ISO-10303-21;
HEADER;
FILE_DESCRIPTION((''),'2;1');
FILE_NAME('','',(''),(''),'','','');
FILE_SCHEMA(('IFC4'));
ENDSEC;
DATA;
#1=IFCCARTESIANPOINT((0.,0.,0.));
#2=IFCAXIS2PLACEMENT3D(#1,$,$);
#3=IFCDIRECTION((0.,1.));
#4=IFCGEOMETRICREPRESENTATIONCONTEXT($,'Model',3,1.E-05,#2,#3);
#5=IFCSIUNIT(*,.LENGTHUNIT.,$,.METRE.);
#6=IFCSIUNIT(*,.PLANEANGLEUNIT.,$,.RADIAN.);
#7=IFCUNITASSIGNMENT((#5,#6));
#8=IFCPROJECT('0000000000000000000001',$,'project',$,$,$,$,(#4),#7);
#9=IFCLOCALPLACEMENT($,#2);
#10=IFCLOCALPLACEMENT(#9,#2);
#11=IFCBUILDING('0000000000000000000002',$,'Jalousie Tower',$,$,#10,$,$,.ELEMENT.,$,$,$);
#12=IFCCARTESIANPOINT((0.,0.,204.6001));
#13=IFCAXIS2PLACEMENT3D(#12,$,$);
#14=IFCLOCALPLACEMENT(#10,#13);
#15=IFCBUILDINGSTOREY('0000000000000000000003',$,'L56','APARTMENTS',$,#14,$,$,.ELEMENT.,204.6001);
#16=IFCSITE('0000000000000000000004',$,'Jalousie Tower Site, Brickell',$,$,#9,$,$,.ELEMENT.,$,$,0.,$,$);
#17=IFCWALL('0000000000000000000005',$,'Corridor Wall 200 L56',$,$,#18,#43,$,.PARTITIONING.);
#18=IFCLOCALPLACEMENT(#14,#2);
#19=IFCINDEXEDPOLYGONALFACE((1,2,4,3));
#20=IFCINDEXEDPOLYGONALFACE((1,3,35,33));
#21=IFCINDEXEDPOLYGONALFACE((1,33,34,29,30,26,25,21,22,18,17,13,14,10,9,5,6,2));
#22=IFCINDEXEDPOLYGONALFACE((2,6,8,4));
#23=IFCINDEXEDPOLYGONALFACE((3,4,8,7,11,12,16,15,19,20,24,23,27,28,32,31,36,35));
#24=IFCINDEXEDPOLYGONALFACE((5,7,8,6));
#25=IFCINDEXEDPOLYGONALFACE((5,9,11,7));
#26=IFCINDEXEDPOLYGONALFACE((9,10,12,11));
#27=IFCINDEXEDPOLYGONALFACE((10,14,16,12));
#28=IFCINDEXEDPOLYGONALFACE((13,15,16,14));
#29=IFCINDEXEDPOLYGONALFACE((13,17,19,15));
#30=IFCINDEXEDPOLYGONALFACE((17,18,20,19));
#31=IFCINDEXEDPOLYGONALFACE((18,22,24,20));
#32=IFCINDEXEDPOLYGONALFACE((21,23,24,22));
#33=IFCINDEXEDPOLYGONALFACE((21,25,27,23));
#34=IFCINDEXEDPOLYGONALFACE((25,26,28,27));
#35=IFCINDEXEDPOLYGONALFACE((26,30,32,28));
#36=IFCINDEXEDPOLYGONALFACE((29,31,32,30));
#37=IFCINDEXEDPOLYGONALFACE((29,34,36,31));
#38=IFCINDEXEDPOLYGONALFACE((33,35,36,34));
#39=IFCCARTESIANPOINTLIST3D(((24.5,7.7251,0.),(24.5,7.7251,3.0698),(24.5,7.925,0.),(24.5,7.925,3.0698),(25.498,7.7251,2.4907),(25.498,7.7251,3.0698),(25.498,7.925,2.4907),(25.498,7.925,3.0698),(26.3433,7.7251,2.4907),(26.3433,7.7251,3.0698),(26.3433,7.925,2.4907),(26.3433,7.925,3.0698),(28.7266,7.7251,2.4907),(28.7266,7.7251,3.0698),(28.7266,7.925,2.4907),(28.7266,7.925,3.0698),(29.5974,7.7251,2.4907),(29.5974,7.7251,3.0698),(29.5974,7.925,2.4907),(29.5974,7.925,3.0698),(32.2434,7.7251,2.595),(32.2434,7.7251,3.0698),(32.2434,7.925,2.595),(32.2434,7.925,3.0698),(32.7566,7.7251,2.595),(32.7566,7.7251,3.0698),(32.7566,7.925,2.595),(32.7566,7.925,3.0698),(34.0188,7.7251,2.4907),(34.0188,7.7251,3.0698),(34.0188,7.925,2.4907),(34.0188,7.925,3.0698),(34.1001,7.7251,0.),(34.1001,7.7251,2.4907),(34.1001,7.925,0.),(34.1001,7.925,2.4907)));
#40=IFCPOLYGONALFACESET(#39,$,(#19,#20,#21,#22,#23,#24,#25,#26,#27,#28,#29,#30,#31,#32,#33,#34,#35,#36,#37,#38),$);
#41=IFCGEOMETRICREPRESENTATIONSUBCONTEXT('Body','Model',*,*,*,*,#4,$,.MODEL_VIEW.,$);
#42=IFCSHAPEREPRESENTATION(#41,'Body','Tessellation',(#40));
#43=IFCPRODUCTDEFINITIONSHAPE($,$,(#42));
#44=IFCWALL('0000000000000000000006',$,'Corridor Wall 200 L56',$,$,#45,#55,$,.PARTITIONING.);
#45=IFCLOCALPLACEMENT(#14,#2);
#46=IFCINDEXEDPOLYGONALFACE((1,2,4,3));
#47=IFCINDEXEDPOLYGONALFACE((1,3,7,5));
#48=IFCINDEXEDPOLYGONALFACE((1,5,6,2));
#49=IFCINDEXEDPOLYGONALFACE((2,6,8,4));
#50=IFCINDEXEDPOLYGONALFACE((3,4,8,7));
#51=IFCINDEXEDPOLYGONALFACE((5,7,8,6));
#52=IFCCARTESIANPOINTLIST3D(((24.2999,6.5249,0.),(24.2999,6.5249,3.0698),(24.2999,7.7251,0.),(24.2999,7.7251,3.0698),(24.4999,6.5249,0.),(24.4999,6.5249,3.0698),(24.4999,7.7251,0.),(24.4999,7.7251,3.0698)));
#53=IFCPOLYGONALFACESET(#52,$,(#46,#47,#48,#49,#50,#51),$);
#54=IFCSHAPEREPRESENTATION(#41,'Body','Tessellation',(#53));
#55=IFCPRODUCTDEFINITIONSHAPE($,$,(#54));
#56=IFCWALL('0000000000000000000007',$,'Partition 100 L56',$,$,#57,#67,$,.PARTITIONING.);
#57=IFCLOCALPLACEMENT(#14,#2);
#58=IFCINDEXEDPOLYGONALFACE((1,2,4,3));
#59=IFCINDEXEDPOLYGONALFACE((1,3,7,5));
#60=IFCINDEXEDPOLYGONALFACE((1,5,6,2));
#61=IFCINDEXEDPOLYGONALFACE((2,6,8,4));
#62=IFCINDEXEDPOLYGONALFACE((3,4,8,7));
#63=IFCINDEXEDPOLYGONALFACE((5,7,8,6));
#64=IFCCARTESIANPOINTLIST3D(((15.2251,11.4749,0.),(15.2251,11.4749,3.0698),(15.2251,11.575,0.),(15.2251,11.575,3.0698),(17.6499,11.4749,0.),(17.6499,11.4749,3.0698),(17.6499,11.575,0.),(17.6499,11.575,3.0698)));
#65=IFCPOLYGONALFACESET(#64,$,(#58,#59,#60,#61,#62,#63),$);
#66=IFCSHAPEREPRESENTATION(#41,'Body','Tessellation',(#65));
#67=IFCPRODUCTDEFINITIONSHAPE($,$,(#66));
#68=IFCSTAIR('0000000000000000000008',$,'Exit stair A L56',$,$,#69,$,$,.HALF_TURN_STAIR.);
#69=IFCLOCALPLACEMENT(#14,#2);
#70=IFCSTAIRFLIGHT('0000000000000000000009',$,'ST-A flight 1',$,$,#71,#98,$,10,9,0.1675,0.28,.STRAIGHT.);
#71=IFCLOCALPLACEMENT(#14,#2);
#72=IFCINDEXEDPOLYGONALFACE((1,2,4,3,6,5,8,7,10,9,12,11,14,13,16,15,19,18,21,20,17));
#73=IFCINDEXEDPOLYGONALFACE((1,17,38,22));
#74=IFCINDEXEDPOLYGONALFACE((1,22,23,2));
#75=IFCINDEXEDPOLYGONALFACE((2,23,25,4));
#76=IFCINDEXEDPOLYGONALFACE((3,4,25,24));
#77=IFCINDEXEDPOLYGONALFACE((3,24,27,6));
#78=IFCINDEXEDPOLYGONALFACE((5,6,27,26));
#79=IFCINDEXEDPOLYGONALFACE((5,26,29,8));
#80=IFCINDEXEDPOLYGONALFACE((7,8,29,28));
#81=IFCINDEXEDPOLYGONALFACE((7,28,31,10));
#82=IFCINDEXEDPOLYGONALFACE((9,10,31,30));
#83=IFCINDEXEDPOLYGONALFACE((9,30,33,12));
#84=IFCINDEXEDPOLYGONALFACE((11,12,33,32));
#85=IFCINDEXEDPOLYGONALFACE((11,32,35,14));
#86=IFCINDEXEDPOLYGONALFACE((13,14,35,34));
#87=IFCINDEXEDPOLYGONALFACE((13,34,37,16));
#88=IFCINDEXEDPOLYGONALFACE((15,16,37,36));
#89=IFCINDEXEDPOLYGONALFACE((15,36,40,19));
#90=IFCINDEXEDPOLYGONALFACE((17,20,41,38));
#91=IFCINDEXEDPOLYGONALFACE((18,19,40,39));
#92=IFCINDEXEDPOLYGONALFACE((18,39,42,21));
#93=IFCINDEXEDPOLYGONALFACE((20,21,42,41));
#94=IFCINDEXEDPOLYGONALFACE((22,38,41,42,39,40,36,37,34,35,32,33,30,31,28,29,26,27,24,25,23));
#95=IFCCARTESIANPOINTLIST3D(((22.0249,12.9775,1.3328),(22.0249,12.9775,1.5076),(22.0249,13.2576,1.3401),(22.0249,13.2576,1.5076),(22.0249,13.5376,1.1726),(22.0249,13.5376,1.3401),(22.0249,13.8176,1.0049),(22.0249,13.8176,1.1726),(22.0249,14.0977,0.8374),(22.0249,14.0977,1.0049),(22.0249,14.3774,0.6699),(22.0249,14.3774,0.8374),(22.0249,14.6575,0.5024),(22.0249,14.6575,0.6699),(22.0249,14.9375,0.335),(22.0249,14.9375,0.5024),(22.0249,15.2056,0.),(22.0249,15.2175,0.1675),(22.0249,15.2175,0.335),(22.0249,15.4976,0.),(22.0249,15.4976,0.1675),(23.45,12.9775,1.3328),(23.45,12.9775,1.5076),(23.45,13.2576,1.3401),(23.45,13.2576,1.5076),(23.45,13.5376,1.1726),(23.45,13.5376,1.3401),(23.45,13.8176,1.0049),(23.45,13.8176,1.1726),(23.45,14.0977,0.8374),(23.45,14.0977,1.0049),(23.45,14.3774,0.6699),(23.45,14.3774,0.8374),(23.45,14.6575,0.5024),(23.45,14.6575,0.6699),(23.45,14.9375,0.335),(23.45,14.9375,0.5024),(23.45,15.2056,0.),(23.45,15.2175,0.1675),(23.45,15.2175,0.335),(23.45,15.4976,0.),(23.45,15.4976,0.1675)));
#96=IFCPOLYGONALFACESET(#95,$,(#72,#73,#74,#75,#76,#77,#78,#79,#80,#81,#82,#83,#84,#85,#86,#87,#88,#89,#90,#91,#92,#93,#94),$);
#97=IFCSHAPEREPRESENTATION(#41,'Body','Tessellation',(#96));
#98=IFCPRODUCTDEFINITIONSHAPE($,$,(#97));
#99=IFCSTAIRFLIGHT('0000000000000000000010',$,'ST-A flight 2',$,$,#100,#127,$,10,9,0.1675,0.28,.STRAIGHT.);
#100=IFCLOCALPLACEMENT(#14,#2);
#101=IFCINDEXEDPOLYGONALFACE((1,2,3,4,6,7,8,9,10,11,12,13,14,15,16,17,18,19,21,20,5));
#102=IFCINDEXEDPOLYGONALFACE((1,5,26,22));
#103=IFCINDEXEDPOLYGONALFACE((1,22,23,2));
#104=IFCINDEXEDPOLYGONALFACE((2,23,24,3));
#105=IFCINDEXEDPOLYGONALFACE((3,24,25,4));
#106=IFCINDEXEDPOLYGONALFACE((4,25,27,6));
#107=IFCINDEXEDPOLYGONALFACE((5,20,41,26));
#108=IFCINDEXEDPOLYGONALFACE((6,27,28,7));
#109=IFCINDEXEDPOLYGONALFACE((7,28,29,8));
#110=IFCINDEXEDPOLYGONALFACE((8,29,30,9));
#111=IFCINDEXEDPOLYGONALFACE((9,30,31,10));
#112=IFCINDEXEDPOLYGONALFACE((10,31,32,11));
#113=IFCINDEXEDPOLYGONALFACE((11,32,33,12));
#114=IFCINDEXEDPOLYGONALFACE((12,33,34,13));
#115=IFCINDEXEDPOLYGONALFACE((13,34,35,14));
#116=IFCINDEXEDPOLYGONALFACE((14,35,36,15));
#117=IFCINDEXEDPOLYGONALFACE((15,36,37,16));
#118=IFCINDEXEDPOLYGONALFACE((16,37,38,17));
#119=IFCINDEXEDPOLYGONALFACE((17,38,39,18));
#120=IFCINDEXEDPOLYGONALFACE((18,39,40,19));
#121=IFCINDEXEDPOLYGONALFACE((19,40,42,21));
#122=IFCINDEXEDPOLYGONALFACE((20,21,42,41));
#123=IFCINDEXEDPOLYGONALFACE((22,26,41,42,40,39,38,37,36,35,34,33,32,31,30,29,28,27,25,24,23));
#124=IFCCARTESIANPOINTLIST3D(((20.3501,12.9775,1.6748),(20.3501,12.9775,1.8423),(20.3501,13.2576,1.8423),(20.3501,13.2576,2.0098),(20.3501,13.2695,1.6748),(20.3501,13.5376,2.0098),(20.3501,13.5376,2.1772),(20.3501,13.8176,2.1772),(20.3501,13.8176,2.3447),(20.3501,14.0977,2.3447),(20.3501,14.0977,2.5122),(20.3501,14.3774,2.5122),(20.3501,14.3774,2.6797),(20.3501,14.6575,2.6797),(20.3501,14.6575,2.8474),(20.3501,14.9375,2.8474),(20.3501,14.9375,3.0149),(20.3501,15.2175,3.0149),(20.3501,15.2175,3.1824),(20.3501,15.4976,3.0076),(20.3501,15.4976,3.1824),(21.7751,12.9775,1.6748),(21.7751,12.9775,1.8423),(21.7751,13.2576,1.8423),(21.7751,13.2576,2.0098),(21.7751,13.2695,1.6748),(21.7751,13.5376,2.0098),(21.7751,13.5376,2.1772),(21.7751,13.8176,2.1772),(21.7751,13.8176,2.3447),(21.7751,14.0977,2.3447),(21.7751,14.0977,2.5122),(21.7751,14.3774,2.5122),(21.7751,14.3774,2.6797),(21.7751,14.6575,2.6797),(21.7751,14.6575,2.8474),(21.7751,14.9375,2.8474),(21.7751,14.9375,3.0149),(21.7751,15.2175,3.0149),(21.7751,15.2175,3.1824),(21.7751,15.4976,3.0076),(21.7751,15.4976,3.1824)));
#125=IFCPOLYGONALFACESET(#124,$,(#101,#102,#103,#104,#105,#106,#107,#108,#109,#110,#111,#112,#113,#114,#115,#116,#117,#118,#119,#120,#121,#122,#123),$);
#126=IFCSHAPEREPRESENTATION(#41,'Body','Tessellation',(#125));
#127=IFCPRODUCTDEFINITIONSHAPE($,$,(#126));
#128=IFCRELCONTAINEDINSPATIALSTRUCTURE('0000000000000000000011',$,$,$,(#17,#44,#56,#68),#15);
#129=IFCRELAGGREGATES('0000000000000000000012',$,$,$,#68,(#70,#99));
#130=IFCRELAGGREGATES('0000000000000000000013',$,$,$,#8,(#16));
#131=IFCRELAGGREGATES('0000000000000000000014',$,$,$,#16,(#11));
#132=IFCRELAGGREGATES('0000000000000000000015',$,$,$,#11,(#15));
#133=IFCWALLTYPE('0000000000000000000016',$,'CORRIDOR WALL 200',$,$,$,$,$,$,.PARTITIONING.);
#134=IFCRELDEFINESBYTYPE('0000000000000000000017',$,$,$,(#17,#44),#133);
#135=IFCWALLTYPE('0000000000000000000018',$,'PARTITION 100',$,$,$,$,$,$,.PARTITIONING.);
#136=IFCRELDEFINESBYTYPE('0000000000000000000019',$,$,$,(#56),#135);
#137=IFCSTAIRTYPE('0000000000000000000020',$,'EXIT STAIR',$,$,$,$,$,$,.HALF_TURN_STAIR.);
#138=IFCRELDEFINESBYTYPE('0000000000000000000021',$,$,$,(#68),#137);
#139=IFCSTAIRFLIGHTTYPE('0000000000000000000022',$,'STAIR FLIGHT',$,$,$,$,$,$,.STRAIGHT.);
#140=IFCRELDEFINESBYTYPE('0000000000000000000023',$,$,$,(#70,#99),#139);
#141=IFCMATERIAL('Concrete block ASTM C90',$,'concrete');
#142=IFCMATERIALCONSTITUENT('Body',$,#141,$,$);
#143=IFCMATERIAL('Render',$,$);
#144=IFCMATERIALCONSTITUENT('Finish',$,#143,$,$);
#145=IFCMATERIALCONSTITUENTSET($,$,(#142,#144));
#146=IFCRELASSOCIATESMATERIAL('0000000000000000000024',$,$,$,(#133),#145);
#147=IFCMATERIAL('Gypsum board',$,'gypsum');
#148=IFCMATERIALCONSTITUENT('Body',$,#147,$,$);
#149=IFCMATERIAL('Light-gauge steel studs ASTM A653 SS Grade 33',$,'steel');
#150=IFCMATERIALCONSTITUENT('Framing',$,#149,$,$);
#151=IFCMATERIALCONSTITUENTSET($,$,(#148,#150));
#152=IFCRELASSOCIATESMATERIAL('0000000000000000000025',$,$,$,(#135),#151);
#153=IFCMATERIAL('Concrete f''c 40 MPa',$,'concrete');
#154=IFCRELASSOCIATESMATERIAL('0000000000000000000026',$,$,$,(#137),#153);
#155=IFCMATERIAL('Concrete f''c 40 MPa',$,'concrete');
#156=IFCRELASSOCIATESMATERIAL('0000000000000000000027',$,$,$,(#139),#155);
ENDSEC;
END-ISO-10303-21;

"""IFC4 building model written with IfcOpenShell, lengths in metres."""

from ifc_helpers import new_model, si_unit, direction, frame, frame_2d, origin, place, context, subcontext, project, spatial, polyline, rectangle, outline, extrude, material, constituent, constituent_set, type_object, element, aggregate, save


model = new_model("IFC4")

# Units and contexts
model_context = context("Model", 3, precision=1e-05, world=origin(), true_north=direction((0.0, 1.0)))
body_context = subcontext(model_context, "Body", "Model", "MODEL_VIEW")
ifc_project = project(units=[si_unit("LENGTHUNIT", "METRE"), si_unit("PLANEANGLEUNIT", "RADIAN")], contexts=[model_context])

# Site, building, storey
site_placement = place(None, origin())
site = spatial("IfcSite", under=ifc_project, at=site_placement, Name="Jalousie Tower Site, Brickell", CompositionType="ELEMENT", RefElevation=0.0)
building_placement = place(site_placement, origin())
building = spatial("IfcBuilding", under=site, at=building_placement, Name="Jalousie Tower", CompositionType="ELEMENT")
storey_placement = place(building_placement, frame((0.0, 0.0, 204.6001)))
storey = spatial("IfcBuildingStorey", under=building, at=storey_placement, Name="L56", Description="APARTMENTS", CompositionType="ELEMENT", Elevation=204.6001)

# Shared definitions
ifc_material_1 = material(Name="Concrete block ASTM C90", Category="concrete")
ifc_constituent_1 = constituent(ifc_material_1, Name="Body")
ifc_material_2 = material(Name="Render")
ifc_constituent_2 = constituent(ifc_material_2, Name="Finish")
ifc_constituent_set_1 = constituent_set(constituents=[ifc_constituent_1, ifc_constituent_2])
wall_type_1 = type_object("IfcWallType", Name="CORRIDOR WALL 200", PredefinedType="PARTITIONING", material=ifc_constituent_set_1)

# Walls
wall_1_placement = place(storey_placement, frame((24.5, 7.825, 0.0), z_axis=(0.0, 0.0, 1.0), x_axis=(1.0, 0.0, 0.0)))
element("IfcWall", 1, at=wall_1_placement, inside=storey, type_object=wall_type_1, Name="Corridor Wall 200 L56", PredefinedType="PARTITIONING", context=body_context, shape_type="SweptSolid", body=[
    extrude(outline(polyline([(0.0, 0.0), (9.6001, 0.0), (9.6001, 2.4907), (9.5188, 2.4907), (9.5188, 3.0698), (8.2566, 3.0698), (8.2566, 2.595), (7.7434, 2.595), (7.7434, 3.0698), (5.0974, 3.0698), (5.0974, 2.4907), (4.2266, 2.4907), (4.2266, 3.0698), (1.8433, 3.0698), (1.8433, 2.4907), (0.998, 2.4907), (0.998, 3.0698), (0.0, 3.0698), (0.0, 0.0)])), frame((0.0, 0.1001, 0.0), z_axis=(0.0, -1.0, 0.0), x_axis=(1.0, 0.0, 0.0)), (0.0, 0.0, 1.0), 0.2),
])
wall_2_placement = place(storey_placement, frame((24.3999, 7.7251, 0.0), z_axis=(0.0, 0.0, 1.0), x_axis=(0.0, -1.0, 0.0)))
element("IfcWall", 2, at=wall_2_placement, inside=storey, type_object=wall_type_1, Name="Corridor Wall 200 L56", PredefinedType="PARTITIONING", context=body_context, shape_type="SweptSolid", body=[
    extrude(rectangle(XDim=1.2002, YDim=0.2, at=frame_2d((0.6001, 0.0))), origin(), (0.0, 0.0, 1.0), 3.0698),
])
ifc_material_3 = material(Name="Gypsum board", Category="gypsum")
ifc_constituent_3 = constituent(ifc_material_3, Name="Body")
ifc_material_4 = material(Name="Light-gauge steel studs ASTM A653 SS Grade 33", Category="steel")
ifc_constituent_4 = constituent(ifc_material_4, Name="Framing")
ifc_constituent_set_2 = constituent_set(constituents=[ifc_constituent_3, ifc_constituent_4])
wall_type_2 = type_object("IfcWallType", Name="PARTITION 100", PredefinedType="PARTITIONING", material=ifc_constituent_set_2)
wall_3_placement = place(storey_placement, frame((15.2251, 11.5249, 0.0), z_axis=(0.0, 0.0, 1.0), x_axis=(1.0, 0.0, 0.0)))
element("IfcWall", 3, at=wall_3_placement, inside=storey, type_object=wall_type_2, Name="Partition 100 L56", PredefinedType="PARTITIONING", context=body_context, shape_type="SweptSolid", body=[
    extrude(rectangle(XDim=2.4248, YDim=0.1001, at=frame_2d((1.2124, 0.0))), origin(), (0.0, 0.0, 1.0), 3.0698),
])

# Stair, stair flights
ifc_material_5 = material(Name="Concrete f'c 40 MPa", Category="concrete")
stair_type = type_object("IfcStairType", Name="EXIT STAIR", PredefinedType="HALF_TURN_STAIR", material=ifc_material_5)
stair_placement = place(storey_placement, origin())
stair = element("IfcStair", 4, at=stair_placement, inside=storey, type_object=stair_type, Name="Exit stair A L56", PredefinedType="HALF_TURN_STAIR")
ifc_material_6 = material(Name="Concrete f'c 40 MPa", Category="concrete")
stair_flight_type = type_object("IfcStairFlightType", Name="STAIR FLIGHT", PredefinedType="STRAIGHT", material=ifc_material_6)
stair_flight_1_placement = place(storey_placement, frame((22.7375, 15.4976, 0.0), z_axis=(0.0, 0.0, 1.0), x_axis=(0.0, -1.0, 0.0)))
stair_flight_1 = element("IfcStairFlight", 5, at=stair_flight_1_placement, type_object=stair_flight_type, Name="ST-A flight 1", NumberOfRisers=10, NumberOfTreads=9, PredefinedType="STRAIGHT", RiserHeight=0.1675, TreadLength=0.28, context=body_context, shape_type="SweptSolid", body=[
    extrude(outline(polyline([(0.0, 0.0), (0.0, 0.1675), (0.28, 0.1675), (0.28, 0.335), (0.5601, 0.335), (0.5601, 0.5024), (0.8401, 0.5024), (0.8401, 0.6699), (1.1201, 0.6699), (1.1201, 0.8374), (1.3999, 0.8374), (1.3999, 1.0049), (1.6799, 1.0049), (1.6799, 1.1726), (1.96, 1.1726), (1.96, 1.3401), (2.24, 1.3401), (2.24, 1.5076), (2.52, 1.5076), (2.52, 1.675), (2.52, 1.3328), (0.292, 0.0), (0.0, 0.0)])), frame((0.0, 0.7124, 0.0), z_axis=(0.0, -1.0, 0.0), x_axis=(1.0, 0.0, 0.0)), (0.0, 0.0, 1.0), 1.425),
])
stair_flight_2_placement = place(storey_placement, frame((21.0625, 12.9775, 1.6748), z_axis=(0.0, 0.0, 1.0), x_axis=(0.0, 1.0, 0.0)))
stair_flight_2 = element("IfcStairFlight", 6, at=stair_flight_2_placement, type_object=stair_flight_type, Name="ST-A flight 2", NumberOfRisers=10, NumberOfTreads=9, PredefinedType="STRAIGHT", RiserHeight=0.1675, TreadLength=0.28, context=body_context, shape_type="SweptSolid", body=[
    extrude(outline(polyline([(0.0, 0.0), (0.0, 0.1675), (0.28, 0.1675), (0.28, 0.335), (0.5601, 0.335), (0.5601, 0.5024), (0.8401, 0.5024), (0.8401, 0.6699), (1.1201, 0.6699), (1.1201, 0.8374), (1.3999, 0.8374), (1.3999, 1.0049), (1.6799, 1.0049), (1.6799, 1.1726), (1.96, 1.1726), (1.96, 1.3401), (2.24, 1.3401), (2.24, 1.5076), (2.52, 1.5076), (2.52, 1.675), (2.52, 1.3328), (0.292, 0.0), (0.0, 0.0)])), frame((0.0, 0.7124, 0.0), z_axis=(0.0, -1.0, 0.0), x_axis=(1.0, 0.0, 0.0)), (0.0, 0.0, 1.0), 1.425),
])
aggregate(stair, [stair_flight_1, stair_flight_2])

save(model, "model.ifc")
